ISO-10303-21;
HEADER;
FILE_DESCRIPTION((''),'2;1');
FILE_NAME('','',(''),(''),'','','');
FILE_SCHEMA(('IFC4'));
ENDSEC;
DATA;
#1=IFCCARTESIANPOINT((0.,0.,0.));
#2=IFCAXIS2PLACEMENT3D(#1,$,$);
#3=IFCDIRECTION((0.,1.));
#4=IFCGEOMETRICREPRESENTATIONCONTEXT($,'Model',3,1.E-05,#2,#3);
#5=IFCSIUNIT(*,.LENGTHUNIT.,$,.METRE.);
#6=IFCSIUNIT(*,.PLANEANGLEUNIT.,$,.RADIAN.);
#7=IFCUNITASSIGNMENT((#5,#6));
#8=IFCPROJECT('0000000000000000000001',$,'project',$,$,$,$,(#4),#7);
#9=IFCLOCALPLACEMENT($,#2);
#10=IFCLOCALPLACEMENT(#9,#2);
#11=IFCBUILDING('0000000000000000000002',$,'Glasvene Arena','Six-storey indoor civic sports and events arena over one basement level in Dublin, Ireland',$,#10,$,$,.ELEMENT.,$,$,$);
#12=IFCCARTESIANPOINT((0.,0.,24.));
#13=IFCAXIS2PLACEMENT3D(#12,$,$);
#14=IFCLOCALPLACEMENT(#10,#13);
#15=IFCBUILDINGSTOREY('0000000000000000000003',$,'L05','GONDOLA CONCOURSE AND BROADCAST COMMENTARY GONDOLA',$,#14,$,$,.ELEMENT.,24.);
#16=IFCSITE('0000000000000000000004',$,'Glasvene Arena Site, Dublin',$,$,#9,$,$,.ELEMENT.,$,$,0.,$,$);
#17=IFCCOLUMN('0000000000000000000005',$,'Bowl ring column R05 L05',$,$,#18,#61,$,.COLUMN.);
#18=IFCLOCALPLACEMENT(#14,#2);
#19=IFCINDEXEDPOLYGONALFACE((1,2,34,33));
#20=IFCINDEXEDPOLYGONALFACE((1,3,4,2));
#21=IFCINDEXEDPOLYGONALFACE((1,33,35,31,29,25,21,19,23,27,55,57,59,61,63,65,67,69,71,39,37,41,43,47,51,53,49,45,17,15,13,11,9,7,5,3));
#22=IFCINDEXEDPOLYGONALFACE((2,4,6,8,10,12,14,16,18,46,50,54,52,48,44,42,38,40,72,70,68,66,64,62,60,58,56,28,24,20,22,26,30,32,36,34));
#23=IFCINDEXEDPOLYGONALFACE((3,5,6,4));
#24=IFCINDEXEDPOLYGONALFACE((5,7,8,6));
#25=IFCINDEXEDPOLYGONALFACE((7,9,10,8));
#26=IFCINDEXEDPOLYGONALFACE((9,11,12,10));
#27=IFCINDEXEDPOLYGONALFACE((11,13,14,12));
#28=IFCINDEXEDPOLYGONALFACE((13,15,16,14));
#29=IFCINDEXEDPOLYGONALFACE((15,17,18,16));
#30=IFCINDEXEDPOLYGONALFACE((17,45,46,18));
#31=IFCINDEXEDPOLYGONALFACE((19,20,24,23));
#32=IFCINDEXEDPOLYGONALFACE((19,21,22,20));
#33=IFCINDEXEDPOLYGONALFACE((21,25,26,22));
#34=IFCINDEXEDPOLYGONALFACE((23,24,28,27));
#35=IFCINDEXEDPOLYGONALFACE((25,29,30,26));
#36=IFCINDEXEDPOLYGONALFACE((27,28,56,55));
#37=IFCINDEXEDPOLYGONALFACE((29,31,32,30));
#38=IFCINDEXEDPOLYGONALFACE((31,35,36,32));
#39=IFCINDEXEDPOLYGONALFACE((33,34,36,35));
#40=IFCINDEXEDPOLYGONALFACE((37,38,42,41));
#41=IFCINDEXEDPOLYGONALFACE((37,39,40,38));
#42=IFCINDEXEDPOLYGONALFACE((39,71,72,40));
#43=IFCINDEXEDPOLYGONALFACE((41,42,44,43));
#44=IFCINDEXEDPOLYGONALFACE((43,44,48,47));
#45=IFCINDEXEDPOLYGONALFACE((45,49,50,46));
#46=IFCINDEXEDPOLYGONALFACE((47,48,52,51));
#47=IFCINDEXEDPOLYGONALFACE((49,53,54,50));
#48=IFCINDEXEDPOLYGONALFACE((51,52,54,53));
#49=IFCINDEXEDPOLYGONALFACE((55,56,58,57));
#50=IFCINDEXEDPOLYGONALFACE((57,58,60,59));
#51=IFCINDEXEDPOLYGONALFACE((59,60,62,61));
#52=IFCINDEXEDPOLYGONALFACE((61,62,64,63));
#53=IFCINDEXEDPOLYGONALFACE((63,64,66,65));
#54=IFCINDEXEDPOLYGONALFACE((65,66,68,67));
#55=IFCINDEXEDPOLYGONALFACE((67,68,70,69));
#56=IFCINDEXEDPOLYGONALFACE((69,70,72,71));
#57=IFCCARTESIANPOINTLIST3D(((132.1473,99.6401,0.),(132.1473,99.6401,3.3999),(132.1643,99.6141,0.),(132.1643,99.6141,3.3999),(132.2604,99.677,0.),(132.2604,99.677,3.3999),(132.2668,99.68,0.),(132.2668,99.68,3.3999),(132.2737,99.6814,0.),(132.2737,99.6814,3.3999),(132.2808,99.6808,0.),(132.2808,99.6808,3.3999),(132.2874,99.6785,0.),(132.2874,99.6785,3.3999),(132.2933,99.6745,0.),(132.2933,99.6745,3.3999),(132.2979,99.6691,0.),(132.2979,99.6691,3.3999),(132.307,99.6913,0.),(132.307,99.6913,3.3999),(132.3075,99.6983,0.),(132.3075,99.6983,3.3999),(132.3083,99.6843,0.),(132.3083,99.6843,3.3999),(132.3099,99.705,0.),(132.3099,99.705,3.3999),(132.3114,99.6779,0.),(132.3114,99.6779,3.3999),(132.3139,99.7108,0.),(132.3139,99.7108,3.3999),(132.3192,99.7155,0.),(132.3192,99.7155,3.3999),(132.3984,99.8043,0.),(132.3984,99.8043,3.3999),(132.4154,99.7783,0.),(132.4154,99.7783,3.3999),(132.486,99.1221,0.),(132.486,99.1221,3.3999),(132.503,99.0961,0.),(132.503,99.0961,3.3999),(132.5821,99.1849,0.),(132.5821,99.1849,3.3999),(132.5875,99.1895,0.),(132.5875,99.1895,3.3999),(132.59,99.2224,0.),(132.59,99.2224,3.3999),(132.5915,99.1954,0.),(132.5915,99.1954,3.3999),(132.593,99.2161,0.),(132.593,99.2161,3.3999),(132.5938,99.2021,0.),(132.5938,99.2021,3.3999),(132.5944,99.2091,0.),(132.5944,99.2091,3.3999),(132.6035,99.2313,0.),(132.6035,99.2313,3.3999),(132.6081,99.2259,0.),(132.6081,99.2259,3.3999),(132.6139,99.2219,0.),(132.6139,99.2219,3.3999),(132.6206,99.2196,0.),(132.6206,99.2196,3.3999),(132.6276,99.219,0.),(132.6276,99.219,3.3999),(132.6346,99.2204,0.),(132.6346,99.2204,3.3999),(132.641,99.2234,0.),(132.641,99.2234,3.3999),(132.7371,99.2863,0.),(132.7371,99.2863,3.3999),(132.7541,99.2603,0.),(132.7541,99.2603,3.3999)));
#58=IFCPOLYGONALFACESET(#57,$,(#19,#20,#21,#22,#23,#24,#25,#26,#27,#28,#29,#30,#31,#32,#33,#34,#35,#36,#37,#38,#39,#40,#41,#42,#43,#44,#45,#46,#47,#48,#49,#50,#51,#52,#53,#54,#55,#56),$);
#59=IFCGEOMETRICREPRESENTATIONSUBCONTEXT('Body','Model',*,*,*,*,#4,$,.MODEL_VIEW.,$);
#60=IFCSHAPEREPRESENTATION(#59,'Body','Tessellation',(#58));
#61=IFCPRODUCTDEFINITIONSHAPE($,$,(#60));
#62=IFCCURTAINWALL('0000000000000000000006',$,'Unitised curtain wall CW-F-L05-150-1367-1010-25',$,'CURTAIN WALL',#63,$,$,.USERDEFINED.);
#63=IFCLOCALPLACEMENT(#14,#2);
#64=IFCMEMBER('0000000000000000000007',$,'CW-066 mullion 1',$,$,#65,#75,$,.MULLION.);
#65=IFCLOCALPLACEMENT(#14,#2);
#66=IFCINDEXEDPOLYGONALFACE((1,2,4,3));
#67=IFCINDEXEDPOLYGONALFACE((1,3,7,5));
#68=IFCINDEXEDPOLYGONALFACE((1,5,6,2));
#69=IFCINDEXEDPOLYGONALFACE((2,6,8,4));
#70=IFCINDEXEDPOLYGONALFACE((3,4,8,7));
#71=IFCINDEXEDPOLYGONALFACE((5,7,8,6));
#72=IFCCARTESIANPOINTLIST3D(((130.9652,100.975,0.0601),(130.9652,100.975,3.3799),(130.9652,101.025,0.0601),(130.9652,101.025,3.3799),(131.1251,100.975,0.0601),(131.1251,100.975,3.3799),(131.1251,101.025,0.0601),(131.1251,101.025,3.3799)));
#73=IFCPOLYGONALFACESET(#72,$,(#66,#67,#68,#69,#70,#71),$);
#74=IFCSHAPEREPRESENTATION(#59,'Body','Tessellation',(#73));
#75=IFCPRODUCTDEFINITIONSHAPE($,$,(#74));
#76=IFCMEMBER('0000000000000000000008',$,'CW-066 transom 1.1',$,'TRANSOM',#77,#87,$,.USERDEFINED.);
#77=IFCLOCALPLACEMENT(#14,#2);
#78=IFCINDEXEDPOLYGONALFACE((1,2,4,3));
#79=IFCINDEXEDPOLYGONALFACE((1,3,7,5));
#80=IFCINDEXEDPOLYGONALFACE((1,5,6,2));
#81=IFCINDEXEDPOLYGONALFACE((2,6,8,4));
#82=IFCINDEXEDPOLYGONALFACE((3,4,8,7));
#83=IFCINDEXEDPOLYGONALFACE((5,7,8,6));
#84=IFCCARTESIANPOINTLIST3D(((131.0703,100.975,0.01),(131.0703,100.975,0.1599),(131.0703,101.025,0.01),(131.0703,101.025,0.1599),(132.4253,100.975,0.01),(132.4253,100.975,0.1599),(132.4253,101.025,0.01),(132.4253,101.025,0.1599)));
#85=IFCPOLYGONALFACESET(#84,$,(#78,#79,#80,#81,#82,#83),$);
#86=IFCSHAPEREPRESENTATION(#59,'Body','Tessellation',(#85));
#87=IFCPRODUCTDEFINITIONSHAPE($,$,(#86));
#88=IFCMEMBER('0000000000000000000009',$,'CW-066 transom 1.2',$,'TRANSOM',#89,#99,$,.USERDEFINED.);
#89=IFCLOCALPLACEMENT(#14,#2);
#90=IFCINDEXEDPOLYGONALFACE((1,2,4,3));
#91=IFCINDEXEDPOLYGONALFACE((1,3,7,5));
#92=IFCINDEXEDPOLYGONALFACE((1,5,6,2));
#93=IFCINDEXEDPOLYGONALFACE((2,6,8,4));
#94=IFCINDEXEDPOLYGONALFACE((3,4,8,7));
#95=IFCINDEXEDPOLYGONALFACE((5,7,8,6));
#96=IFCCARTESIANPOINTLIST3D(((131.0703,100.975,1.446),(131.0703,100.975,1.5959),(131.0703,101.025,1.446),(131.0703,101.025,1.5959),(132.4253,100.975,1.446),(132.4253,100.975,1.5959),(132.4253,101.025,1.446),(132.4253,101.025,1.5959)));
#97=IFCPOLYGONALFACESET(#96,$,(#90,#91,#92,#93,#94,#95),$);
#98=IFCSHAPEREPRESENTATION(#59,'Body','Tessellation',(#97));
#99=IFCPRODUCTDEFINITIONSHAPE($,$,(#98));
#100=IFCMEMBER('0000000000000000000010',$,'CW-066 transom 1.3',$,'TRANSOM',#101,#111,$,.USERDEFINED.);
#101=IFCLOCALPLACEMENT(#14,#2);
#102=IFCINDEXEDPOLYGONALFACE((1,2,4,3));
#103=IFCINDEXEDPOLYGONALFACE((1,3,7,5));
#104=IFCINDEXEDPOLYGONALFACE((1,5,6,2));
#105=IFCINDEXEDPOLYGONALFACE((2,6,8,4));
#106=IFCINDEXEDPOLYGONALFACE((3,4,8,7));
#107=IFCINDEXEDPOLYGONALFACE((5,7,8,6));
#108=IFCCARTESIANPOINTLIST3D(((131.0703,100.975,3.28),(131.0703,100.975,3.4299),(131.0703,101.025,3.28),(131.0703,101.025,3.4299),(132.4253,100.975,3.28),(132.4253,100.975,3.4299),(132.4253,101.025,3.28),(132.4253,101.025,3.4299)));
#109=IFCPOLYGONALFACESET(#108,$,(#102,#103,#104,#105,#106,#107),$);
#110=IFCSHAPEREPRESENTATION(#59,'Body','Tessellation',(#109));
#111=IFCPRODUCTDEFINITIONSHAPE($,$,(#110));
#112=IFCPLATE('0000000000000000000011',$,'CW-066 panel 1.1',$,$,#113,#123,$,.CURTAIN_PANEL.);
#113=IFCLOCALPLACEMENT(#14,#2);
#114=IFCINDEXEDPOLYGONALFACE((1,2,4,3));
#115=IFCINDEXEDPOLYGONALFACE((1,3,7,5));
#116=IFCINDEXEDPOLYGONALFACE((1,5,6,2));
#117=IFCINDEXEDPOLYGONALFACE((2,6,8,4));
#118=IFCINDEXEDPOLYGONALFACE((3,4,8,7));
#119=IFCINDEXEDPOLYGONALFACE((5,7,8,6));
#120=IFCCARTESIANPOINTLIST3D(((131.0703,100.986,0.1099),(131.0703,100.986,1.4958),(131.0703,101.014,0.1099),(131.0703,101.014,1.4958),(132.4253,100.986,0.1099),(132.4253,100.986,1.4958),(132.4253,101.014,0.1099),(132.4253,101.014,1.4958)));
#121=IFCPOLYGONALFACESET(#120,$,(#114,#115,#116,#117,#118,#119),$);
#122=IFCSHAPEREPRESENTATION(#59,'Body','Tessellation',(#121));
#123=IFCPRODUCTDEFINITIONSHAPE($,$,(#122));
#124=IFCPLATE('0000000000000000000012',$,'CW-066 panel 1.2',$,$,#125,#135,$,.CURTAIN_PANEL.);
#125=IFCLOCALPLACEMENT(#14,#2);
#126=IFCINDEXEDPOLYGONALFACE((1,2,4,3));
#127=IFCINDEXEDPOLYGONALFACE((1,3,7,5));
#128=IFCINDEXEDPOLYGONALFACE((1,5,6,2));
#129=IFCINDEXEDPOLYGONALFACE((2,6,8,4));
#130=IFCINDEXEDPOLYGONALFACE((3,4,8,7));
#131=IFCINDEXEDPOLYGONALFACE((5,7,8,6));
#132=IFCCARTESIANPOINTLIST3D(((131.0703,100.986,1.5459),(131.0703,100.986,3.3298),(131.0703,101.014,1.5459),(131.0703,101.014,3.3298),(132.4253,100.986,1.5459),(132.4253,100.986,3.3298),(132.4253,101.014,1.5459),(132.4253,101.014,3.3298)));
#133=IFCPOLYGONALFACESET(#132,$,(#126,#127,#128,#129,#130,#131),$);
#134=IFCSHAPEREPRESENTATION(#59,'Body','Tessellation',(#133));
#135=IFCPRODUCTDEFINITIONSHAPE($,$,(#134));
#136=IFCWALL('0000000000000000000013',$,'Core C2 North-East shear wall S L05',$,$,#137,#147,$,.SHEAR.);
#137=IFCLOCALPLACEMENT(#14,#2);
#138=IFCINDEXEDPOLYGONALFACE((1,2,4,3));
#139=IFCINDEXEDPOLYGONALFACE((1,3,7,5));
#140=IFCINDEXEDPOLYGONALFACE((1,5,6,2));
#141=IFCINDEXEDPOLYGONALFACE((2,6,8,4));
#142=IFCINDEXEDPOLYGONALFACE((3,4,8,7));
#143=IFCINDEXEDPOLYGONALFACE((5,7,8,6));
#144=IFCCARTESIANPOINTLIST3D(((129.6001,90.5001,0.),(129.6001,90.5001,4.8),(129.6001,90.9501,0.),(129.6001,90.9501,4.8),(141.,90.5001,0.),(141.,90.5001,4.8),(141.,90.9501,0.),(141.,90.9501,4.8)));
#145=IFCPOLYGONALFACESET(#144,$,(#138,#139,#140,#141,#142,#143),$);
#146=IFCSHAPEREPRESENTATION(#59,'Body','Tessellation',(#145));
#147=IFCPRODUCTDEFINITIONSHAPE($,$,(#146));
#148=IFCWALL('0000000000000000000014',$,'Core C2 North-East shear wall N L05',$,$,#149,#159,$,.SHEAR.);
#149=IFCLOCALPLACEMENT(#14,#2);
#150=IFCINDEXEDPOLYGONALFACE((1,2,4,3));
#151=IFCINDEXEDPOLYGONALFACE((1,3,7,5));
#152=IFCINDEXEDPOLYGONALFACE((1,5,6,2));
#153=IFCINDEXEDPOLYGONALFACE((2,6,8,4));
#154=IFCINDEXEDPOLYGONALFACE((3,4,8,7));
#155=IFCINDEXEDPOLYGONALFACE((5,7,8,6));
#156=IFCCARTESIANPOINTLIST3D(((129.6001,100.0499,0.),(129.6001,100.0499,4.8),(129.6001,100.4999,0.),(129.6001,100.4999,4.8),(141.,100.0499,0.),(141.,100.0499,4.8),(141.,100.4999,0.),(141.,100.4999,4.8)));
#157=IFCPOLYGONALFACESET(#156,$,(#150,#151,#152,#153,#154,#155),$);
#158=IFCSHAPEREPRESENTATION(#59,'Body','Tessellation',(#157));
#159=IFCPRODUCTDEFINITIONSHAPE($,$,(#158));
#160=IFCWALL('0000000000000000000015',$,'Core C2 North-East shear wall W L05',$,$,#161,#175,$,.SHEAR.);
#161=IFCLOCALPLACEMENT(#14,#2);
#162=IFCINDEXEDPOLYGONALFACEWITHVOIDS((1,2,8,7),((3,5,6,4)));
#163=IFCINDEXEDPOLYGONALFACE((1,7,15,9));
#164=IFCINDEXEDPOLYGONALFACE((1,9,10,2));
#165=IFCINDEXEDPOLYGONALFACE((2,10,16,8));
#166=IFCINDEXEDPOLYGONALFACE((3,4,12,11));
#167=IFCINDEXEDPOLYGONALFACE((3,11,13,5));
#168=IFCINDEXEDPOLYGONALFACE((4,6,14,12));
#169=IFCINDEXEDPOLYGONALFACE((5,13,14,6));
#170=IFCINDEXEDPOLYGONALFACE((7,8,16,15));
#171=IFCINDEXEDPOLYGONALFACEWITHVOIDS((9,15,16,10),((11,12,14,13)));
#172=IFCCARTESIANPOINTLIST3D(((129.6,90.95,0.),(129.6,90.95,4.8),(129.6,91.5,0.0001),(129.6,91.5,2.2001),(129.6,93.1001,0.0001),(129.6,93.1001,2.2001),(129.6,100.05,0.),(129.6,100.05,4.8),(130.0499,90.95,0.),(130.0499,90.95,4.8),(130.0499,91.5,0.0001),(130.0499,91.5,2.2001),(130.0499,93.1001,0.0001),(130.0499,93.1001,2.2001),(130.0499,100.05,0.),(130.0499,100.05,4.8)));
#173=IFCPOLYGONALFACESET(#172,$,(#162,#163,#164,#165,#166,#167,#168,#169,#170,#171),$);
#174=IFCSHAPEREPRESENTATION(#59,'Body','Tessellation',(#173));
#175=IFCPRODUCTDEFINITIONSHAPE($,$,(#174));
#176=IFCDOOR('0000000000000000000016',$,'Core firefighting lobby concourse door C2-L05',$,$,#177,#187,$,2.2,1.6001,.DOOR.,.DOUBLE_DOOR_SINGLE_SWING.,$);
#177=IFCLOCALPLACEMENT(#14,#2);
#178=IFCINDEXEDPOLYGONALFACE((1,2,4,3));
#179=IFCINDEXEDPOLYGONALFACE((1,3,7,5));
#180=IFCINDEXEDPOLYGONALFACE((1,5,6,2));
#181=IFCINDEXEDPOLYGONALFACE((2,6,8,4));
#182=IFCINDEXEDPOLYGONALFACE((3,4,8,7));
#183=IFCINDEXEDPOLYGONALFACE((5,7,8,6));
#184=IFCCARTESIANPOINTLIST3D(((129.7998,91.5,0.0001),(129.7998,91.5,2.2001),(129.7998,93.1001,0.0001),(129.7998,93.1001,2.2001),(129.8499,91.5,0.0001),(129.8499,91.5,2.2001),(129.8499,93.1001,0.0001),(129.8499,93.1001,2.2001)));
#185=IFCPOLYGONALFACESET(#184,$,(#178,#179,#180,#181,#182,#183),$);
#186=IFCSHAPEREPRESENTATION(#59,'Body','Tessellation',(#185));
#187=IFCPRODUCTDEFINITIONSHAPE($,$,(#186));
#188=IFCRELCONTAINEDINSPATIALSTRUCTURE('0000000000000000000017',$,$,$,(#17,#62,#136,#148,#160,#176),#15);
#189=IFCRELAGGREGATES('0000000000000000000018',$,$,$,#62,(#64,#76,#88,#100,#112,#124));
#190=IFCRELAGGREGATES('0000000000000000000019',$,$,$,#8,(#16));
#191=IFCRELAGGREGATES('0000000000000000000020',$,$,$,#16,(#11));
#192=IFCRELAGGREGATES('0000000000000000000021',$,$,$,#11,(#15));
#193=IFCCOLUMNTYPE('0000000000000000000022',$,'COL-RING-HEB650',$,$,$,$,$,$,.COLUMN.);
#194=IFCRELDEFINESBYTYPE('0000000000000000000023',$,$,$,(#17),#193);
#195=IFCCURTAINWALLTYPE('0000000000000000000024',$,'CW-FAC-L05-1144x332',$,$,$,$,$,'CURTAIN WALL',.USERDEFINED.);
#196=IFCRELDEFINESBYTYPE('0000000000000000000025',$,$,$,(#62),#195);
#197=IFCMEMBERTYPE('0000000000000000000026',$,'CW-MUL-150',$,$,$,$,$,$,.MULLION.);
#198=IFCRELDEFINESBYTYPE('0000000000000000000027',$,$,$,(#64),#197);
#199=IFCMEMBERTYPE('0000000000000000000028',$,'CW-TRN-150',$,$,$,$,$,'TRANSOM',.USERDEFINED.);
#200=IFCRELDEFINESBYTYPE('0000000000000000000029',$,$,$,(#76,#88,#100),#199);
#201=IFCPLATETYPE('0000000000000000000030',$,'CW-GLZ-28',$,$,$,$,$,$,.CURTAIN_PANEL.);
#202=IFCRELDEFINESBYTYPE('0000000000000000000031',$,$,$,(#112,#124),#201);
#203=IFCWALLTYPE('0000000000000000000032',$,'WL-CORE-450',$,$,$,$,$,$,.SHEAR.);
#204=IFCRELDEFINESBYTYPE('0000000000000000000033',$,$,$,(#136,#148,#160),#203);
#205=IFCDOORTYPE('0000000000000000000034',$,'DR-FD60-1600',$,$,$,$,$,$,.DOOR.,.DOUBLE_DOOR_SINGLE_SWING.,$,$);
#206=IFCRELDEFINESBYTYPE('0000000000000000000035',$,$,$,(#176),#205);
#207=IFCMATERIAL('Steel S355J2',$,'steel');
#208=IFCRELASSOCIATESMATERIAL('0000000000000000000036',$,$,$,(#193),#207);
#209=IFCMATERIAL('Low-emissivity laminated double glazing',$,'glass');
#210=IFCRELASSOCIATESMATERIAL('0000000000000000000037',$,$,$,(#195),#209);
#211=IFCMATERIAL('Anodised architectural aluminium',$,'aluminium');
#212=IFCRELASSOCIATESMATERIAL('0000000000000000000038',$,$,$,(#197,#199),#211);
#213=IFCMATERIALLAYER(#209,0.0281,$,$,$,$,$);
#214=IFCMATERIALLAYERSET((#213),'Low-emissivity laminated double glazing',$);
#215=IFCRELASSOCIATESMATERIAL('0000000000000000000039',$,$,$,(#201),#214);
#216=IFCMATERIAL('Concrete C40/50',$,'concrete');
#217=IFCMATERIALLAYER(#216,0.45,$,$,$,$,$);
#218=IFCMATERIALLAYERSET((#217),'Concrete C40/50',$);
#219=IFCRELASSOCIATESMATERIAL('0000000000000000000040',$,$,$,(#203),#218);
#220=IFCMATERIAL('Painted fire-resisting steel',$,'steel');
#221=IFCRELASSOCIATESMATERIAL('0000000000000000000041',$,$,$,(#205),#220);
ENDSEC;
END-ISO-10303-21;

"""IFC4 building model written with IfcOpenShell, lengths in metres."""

from ifc_helpers import new_model, si_unit, direction, frame, frame_2d, origin, origin_2d, place, context, subcontext, project, spatial, rectangle, i_section, extrude, material, layer, layer_set, material_profile, profile_set, type_object, element, fill, aggregate, save


model = new_model("IFC4")

# Units and contexts
model_context = context("Model", 3, precision=1e-05, world=origin(), true_north=direction((0.0, 1.0)))
body_context = subcontext(model_context, "Body", "Model", "MODEL_VIEW")
ifc_project = project(units=[si_unit("LENGTHUNIT", "METRE"), si_unit("PLANEANGLEUNIT", "RADIAN")], contexts=[model_context])

# Site, building, storey
site_placement = place(None, origin())
site = spatial("IfcSite", under=ifc_project, at=site_placement, Name="Glasvene Arena Site, Dublin", CompositionType="ELEMENT", RefElevation=0.0)
building_placement = place(site_placement, origin())
building = spatial("IfcBuilding", under=site, at=building_placement, Name="Glasvene Arena", Description="Six-storey indoor civic sports and events arena over one basement level in Dublin, Ireland", CompositionType="ELEMENT")
storey_placement = place(building_placement, frame((0.0, 0.0, 24.0)))
storey = spatial("IfcBuildingStorey", under=building, at=storey_placement, Name="L05", Description="GONDOLA CONCOURSE AND BROADCAST COMMENTARY GONDOLA", CompositionType="ELEMENT", Elevation=24.0)

# Column
ifc_material_1 = material(Name="Steel S355J2", Category="steel")
ifc_material_profile_1 = material_profile(ifc_material_1, i_section(OverallWidth=0.3, OverallDepth=0.6499, WebThickness=0.0161, FlangeThickness=0.031, FilletRadius=0.0271, at=origin_2d()), Name="HEB 650")
ifc_profile_set_1 = profile_set([ifc_material_profile_1], Name="Steel S355J2")
column_type = type_object("IfcColumnType", Name="COL-RING-HEB650", PredefinedType="COLUMN", material=ifc_profile_set_1)
column_placement = place(storey_placement, frame((132.4507, 99.4502, 0.0), z_axis=(0.0, 0.0, 1.0), x_axis=(0.836955, 0.547271, 0.0)))
element("IfcColumn", 1, at=column_placement, inside=storey, type_object=column_type, Name="Bowl ring column R05 L05", PredefinedType="COLUMN", context=body_context, shape_type="SweptSolid", body=[
    extrude(i_section(OverallWidth=0.3, OverallDepth=0.6499, WebThickness=0.0161, FlangeThickness=0.031, FilletRadius=0.0271, at=origin_2d()), origin(), (0.0, 0.0, 1.0), 3.3999),
])

# Curtain wall, members, plates
ifc_material_2 = material(Name="Low-emissivity laminated double glazing", Category="glass")
curtain_wall_type = type_object("IfcCurtainWallType", Name="CW-FAC-L05-1144x332", ElementType="CURTAIN WALL", PredefinedType="USERDEFINED", material=ifc_material_2)
curtain_wall_placement = place(storey_placement, frame((131.0203, 101.0, 0.0)))
curtain_wall = element("IfcCurtainWall", 2, at=curtain_wall_placement, inside=storey, type_object=curtain_wall_type, Name="Unitised curtain wall CW-F-L05-150-1367-1010-25", ObjectType="CURTAIN WALL", PredefinedType="USERDEFINED")
ifc_material_3 = material(Name="Anodised architectural aluminium", Category="aluminium")
ifc_material_profile_2 = material_profile(ifc_material_3, rectangle(XDim=0.05, YDim=0.1599, at=origin_2d()), Name="ALU MULLION 50x160")
ifc_profile_set_2 = profile_set([ifc_material_profile_2], Name="Anodised architectural aluminium")
member_type_1 = type_object("IfcMemberType", Name="CW-MUL-150", PredefinedType="MULLION", material=ifc_profile_set_2)
member_1_placement = place(storey_placement, frame((131.0452, 101.0, 0.0601), z_axis=(0.0, 0.0, 1.0), x_axis=(0.0, 1.0, 0.0)))
member_1 = element("IfcMember", 3, at=member_1_placement, type_object=member_type_1, Name="CW-066 mullion 1", PredefinedType="MULLION", context=body_context, shape_type="SweptSolid", body=[
    extrude(rectangle(XDim=0.05, YDim=0.1599, at=origin_2d()), origin(), (0.0, 0.0, 1.0), 3.3198),
])
ifc_material_profile_3 = material_profile(ifc_material_3, rectangle(XDim=0.05, YDim=0.1499, at=origin_2d()), Name="ALU TRANSOM 50x150")
ifc_profile_set_3 = profile_set([ifc_material_profile_3], Name="Anodised architectural aluminium")
member_type_2 = type_object("IfcMemberType", Name="CW-TRN-150", ElementType="TRANSOM", PredefinedType="USERDEFINED", material=ifc_profile_set_3)
member_2_placement = place(storey_placement, frame((131.0703, 101.0, 0.085), z_axis=(1.0, 0.0, 0.0), x_axis=(0.0, 1.0, 0.0)))
member_2 = element("IfcMember", 4, at=member_2_placement, type_object=member_type_2, Name="CW-066 transom 1.1", ObjectType="TRANSOM", PredefinedType="USERDEFINED", context=body_context, shape_type="SweptSolid", body=[
    extrude(rectangle(XDim=0.05, YDim=0.1499, at=origin_2d()), origin(), (0.0, 0.0, 1.0), 1.355),
])
member_3_placement = place(storey_placement, frame((131.0703, 101.0, 1.521), z_axis=(1.0, 0.0, 0.0), x_axis=(0.0, 1.0, 0.0)))
member_3 = element("IfcMember", 5, at=member_3_placement, type_object=member_type_2, Name="CW-066 transom 1.2", ObjectType="TRANSOM", PredefinedType="USERDEFINED", context=body_context, shape_type="SweptSolid", body=[
    extrude(rectangle(XDim=0.05, YDim=0.1499, at=origin_2d()), origin(), (0.0, 0.0, 1.0), 1.355),
])
member_4_placement = place(storey_placement, frame((131.0703, 101.0, 3.355), z_axis=(1.0, 0.0, 0.0), x_axis=(0.0, 1.0, 0.0)))
member_4 = element("IfcMember", 6, at=member_4_placement, type_object=member_type_2, Name="CW-066 transom 1.3", ObjectType="TRANSOM", PredefinedType="USERDEFINED", context=body_context, shape_type="SweptSolid", body=[
    extrude(rectangle(XDim=0.05, YDim=0.1499, at=origin_2d()), origin(), (0.0, 0.0, 1.0), 1.355),
])
ifc_layer_1 = layer(ifc_material_2, 0.0281)
ifc_layer_set_1 = layer_set([ifc_layer_1], Name="Low-emissivity laminated double glazing")
plate_type = type_object("IfcPlateType", Name="CW-GLZ-28", PredefinedType="CURTAIN_PANEL", material=ifc_layer_set_1)
plate_1_placement = place(storey_placement, frame((131.7478, 101.0, 0.1099), z_axis=(0.0, 0.0, 1.0), x_axis=(1.0, 0.0, 0.0)))
plate_1 = element("IfcPlate", 7, at=plate_1_placement, type_object=plate_type, Name="CW-066 panel 1.1", PredefinedType="CURTAIN_PANEL", context=body_context, shape_type="SweptSolid", body=[
    extrude(rectangle(XDim=1.355, YDim=0.0281, at=origin_2d()), origin(), (0.0, 0.0, 1.0), 1.386),
])
plate_2_placement = place(storey_placement, frame((131.7478, 101.0, 1.5459), z_axis=(0.0, 0.0, 1.0), x_axis=(1.0, 0.0, 0.0)))
plate_2 = element("IfcPlate", 8, at=plate_2_placement, type_object=plate_type, Name="CW-066 panel 1.2", PredefinedType="CURTAIN_PANEL", context=body_context, shape_type="SweptSolid", body=[
    extrude(rectangle(XDim=1.355, YDim=0.0281, at=origin_2d()), origin(), (0.0, 0.0, 1.0), 1.7839),
])
aggregate(curtain_wall, [member_1, member_2, member_3, member_4, plate_1, plate_2])

# Shared definitions
ifc_material_4 = material(Name="Concrete C40/50", Category="concrete")

# Walls
ifc_layer_2 = layer(ifc_material_4, 0.45)
ifc_layer_set_2 = layer_set([ifc_layer_2], Name="Concrete C40/50")
wall_type_1 = type_object("IfcWallType", Name="WL-CORE-450", PredefinedType="SHEAR", material=ifc_layer_set_2)
for number, where, z_axis, x_axis, name in (
    (9, (129.6001, 90.7251, 0.0), (0.0, 0.0, 1.0), (1.0, 0.0, 0.0), "Core C2 North-East shear wall S L05"),
    (10, (129.6001, 100.2749, 0.0), (0.0, 0.0, 1.0), (1.0, 0.0, 0.0), "Core C2 North-East shear wall N L05"),
):
    element("IfcWall", number, at=place(storey_placement, frame(where, z_axis=z_axis, x_axis=x_axis)), inside=storey, type_object=wall_type_1, Name=name, PredefinedType="SHEAR", context=body_context, shape_type="SweptSolid", body=[
        extrude(rectangle(XDim=11.3999, YDim=0.45, at=frame_2d((5.7, 0.0))), origin(), (0.0, 0.0, 1.0), 4.8),
    ])

# Wall, opening, door
wall_1_placement = place(storey_placement, frame((129.825, 90.95, 0.0), z_axis=(0.0, 0.0, 1.0), x_axis=(0.0, 1.0, 0.0)))
wall_1 = element("IfcWall", 11, at=wall_1_placement, inside=storey, type_object=wall_type_1, Name="Core C2 North-East shear wall W L05", PredefinedType="SHEAR", context=body_context, shape_type="SweptSolid", body=[
    extrude(rectangle(XDim=9.1001, YDim=0.45, at=frame_2d((4.55, 0.0))), origin(), (0.0, 0.0, 1.0), 4.8),
])
opening_1_placement = place(wall_1_placement, frame((0.55, 0.0, 0.0)))
opening_1 = element("IfcOpeningElement", 12, at=opening_1_placement, cuts=wall_1, PredefinedType="OPENING", context=body_context, shape_type="SweptSolid", body=[
    extrude(rectangle(XDim=1.6001, YDim=2.2, at=frame_2d((0.8, 1.1001))), frame((0.0, 0.2349, 0.0), z_axis=(0.0, -1.0, 0.0), x_axis=(1.0, 0.0, 0.0)), (0.0, 0.0, 1.0), 0.47),
])
ifc_material_5 = material(Name="Painted fire-resisting steel", Category="steel")
door_type_1 = type_object("IfcDoorType", Name="DR-FD60-1600", OperationType="DOUBLE_DOOR_SINGLE_SWING", PredefinedType="DOOR", material=ifc_material_5)
door_1_placement = place(opening_1_placement, frame((1.6001, 0.0, 0.0), z_axis=(0.0, 0.0, 1.0), x_axis=(-1.0, 0.0, 0.0)))
door_1 = element("IfcDoor", 13, at=door_1_placement, inside=storey, type_object=door_type_1, Name="Core firefighting lobby concourse door C2-L05", OperationType="DOUBLE_DOOR_SINGLE_SWING", OverallHeight=2.2, OverallWidth=1.6001, PredefinedType="DOOR", context=body_context, shape_type="SweptSolid", body=[
    extrude(rectangle(XDim=1.6001, YDim=2.2, at=frame_2d((0.8, 1.1001))), frame((0.0, 0.0249, 0.0), z_axis=(0.0, -1.0, 0.0), x_axis=(1.0, 0.0, 0.0)), (0.0, 0.0, 1.0), 0.05),
])
fill(opening_1, door_1)

save(model, "model.ifc")
